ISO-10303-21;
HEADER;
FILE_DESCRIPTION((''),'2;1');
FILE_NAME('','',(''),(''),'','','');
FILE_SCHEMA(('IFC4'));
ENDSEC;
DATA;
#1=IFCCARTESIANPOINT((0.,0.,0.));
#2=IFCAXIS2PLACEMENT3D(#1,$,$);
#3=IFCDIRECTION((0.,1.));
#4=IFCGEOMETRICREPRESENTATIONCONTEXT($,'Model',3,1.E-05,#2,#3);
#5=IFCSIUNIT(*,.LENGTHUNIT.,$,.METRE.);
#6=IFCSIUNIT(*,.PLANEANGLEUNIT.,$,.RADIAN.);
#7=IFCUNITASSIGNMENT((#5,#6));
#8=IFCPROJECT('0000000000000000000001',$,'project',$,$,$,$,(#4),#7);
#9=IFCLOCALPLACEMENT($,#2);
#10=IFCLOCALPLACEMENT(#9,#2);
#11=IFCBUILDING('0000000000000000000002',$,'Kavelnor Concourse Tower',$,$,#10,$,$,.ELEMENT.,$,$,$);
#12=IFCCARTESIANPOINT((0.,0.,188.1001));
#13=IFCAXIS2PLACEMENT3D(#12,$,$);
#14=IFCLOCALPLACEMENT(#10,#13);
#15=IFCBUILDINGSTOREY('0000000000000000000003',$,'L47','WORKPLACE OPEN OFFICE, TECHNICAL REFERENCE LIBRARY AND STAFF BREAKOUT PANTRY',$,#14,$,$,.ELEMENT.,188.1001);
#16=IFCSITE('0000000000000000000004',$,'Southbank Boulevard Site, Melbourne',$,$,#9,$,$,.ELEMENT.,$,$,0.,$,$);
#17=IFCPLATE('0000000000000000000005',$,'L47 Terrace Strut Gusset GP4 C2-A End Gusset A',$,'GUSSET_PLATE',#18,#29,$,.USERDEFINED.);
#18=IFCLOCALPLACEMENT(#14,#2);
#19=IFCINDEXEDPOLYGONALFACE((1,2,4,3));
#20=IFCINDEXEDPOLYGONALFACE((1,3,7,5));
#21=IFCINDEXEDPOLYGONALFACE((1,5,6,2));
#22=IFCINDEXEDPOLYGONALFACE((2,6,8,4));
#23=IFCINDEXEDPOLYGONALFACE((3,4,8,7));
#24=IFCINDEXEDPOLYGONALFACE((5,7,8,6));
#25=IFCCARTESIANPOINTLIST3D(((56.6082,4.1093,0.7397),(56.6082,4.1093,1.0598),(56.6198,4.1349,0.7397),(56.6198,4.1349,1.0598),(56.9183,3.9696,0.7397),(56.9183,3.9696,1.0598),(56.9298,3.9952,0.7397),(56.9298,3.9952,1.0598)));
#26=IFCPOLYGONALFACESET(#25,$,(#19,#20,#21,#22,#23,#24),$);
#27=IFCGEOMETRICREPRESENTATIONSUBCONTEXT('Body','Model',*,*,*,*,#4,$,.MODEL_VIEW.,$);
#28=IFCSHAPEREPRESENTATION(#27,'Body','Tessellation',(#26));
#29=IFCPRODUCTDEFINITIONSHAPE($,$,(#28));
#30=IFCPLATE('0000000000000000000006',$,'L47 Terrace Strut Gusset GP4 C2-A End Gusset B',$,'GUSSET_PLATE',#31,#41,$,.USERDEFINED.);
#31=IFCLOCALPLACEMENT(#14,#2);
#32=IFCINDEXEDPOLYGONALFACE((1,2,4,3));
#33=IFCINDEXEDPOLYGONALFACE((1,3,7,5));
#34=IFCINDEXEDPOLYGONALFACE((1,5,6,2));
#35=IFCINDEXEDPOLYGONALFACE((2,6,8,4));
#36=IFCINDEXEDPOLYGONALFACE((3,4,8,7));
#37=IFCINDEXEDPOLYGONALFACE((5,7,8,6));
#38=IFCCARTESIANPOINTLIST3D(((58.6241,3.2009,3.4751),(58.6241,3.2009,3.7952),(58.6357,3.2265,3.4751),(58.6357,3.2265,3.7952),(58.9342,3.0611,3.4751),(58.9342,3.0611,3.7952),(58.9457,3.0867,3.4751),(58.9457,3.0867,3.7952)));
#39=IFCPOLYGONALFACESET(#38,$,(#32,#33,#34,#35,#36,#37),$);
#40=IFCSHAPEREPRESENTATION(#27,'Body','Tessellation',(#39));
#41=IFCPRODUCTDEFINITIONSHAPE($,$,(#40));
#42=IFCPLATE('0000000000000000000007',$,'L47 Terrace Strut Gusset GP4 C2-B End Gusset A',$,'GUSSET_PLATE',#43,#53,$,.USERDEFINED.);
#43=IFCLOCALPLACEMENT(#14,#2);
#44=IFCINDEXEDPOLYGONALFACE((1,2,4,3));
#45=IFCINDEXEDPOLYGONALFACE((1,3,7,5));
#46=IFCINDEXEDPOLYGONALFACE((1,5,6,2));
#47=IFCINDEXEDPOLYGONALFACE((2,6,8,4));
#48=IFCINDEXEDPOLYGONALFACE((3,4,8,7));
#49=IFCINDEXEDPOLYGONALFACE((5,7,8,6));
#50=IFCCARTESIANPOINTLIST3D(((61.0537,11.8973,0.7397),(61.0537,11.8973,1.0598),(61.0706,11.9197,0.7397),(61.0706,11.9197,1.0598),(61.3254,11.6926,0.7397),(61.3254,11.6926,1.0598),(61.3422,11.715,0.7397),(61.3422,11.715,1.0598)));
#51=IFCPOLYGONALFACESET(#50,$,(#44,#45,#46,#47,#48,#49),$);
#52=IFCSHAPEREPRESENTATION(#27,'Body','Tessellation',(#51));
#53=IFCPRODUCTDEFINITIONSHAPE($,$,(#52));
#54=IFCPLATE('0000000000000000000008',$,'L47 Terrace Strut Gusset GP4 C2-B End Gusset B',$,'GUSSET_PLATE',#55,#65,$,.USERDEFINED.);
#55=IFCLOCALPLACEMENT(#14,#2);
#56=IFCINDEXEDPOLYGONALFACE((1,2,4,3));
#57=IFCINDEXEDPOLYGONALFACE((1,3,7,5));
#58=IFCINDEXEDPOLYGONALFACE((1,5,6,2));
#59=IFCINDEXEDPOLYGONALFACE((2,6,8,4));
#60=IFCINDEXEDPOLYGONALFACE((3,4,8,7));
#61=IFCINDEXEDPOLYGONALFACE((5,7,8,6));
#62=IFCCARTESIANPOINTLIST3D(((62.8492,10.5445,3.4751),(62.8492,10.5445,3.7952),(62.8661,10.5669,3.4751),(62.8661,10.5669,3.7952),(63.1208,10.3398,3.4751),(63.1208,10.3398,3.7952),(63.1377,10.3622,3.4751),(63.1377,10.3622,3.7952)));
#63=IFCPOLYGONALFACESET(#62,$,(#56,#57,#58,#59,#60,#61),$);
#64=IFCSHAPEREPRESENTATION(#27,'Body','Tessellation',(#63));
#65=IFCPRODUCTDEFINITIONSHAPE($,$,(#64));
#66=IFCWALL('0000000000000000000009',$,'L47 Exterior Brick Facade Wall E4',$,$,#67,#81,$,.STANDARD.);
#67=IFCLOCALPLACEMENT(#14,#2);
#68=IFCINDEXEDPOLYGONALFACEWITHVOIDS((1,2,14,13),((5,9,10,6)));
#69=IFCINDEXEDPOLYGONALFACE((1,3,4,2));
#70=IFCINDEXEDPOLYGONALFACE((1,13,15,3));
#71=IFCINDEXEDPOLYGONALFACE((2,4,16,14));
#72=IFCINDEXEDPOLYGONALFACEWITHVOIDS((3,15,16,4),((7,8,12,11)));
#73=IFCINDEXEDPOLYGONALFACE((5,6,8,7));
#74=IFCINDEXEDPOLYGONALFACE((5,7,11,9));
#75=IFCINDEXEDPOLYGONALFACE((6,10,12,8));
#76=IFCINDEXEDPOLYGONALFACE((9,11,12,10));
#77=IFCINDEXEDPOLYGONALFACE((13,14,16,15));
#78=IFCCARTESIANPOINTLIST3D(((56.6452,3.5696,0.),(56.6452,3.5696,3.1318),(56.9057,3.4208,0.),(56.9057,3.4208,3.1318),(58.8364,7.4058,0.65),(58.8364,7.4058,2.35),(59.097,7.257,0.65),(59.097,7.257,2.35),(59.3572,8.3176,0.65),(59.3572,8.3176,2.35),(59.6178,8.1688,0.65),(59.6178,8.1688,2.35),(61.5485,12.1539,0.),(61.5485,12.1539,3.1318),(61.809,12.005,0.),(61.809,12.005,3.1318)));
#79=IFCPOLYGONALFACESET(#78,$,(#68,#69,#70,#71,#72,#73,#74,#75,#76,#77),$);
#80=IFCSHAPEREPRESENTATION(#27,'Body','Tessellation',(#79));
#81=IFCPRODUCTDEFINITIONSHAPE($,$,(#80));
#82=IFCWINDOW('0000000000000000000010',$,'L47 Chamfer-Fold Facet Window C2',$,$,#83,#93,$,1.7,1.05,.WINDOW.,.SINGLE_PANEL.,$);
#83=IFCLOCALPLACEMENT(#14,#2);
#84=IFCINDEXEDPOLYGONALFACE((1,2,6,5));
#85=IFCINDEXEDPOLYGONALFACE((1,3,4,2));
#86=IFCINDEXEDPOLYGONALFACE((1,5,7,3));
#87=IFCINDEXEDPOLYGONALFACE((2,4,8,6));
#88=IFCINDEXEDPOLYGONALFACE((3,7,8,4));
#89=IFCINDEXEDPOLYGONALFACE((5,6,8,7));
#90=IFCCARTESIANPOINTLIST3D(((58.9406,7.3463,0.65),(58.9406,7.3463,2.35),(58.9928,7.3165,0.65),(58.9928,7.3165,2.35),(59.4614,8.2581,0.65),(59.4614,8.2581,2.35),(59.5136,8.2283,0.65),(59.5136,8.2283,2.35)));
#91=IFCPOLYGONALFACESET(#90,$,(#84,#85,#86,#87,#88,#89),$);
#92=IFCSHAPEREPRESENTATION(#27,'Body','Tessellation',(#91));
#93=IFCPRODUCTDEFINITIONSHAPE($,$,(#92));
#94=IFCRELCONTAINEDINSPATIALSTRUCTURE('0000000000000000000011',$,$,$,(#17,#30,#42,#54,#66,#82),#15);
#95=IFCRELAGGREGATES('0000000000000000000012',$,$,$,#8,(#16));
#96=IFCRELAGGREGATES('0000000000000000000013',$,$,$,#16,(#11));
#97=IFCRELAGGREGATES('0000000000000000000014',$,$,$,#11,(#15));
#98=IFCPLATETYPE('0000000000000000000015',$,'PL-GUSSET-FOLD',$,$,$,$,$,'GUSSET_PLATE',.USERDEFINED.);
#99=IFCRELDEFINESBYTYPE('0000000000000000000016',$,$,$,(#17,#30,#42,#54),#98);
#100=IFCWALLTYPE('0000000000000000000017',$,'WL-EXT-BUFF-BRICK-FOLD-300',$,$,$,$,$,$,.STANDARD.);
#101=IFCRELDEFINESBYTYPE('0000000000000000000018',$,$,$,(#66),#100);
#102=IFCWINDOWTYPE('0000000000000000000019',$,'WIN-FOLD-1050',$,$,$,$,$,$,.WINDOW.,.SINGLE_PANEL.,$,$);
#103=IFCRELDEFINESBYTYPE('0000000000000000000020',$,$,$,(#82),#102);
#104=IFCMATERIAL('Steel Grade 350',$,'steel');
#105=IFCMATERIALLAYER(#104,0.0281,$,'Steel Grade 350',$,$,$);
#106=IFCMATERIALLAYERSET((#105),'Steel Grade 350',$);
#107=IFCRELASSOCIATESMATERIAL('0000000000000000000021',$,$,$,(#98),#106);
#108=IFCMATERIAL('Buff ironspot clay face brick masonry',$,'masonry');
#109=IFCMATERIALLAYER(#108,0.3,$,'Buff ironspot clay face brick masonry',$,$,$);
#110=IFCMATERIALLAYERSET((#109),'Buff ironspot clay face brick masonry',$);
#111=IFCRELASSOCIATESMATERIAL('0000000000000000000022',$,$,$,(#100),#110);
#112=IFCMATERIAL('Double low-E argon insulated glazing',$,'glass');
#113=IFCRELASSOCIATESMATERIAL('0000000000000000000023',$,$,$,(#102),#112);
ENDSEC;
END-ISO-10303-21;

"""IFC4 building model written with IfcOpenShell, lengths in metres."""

from ifc_helpers import new_model, si_unit, direction, frame, frame_2d, origin, origin_2d, place, context, subcontext, project, spatial, rectangle, extrude, material, layer, layer_set, type_object, element, fill, save


model = new_model("IFC4")

# Units and contexts
model_context = context("Model", 3, precision=1e-05, world=origin(), true_north=direction((0.0, 1.0)))
body_context = subcontext(model_context, "Body", "Model", "MODEL_VIEW")
ifc_project = project(units=[si_unit("LENGTHUNIT", "METRE"), si_unit("PLANEANGLEUNIT", "RADIAN")], contexts=[model_context])

# Site, building, storey
site_placement = place(None, origin())
site = spatial("IfcSite", under=ifc_project, at=site_placement, Name="Southbank Boulevard Site, Melbourne", CompositionType="ELEMENT", RefElevation=0.0)
building_placement = place(site_placement, origin())
building = spatial("IfcBuilding", under=site, at=building_placement, Name="Kavelnor Concourse Tower", CompositionType="ELEMENT")
storey_placement = place(building_placement, frame((0.0, 0.0, 188.1001)))
storey = spatial("IfcBuildingStorey", under=building, at=storey_placement, Name="L47", Description="WORKPLACE OPEN OFFICE, TECHNICAL REFERENCE LIBRARY AND STAFF BREAKOUT PANTRY", CompositionType="ELEMENT", Elevation=188.1001)

# Shared definitions
ifc_material_1 = material(Name="Steel Grade 350", Category="steel")

# Plates
ifc_layer_1 = layer(ifc_material_1, 0.0281, Name="Steel Grade 350")
ifc_layer_set_1 = layer_set([ifc_layer_1], Name="Steel Grade 350")
plate_type = type_object("IfcPlateType", Name="PL-GUSSET-FOLD", ElementType="GUSSET_PLATE", PredefinedType="USERDEFINED", material=ifc_layer_set_1)
for number, where, z_axis, x_axis, name in (
    (1, (56.769, 4.0522, 0.7397), (0.0, 0.0, 1.0), (0.91169, -0.410878, 0.0), "L47 Terrace Strut Gusset GP4 C2-A End Gusset A"),
    (2, (58.7849, 3.1438, 3.4751), (0.0, 0.0, 1.0), (0.91169, -0.410878, 0.0), "L47 Terrace Strut Gusset GP4 C2-A End Gusset B"),
    (3, (61.198, 11.8062, 0.7397), (0.0, 0.0, 1.0), (0.798636, -0.601815, 0.0), "L47 Terrace Strut Gusset GP4 C2-B End Gusset A"),
    (4, (62.9934, 10.4534, 3.4751), (0.0, 0.0, 1.0), (0.798636, -0.601815, 0.0), "L47 Terrace Strut Gusset GP4 C2-B End Gusset B"),
):
    element("IfcPlate", number, at=place(storey_placement, frame(where, z_axis=z_axis, x_axis=x_axis)), inside=storey, type_object=plate_type, Name=name, ObjectType="GUSSET_PLATE", PredefinedType="USERDEFINED", context=body_context, shape_type="SweptSolid", body=[
        extrude(rectangle(XDim=0.3401, YDim=0.0281, at=origin_2d()), origin(), (0.0, 0.0, 1.0), 0.3201),
    ])

# Wall, opening, window
ifc_material_2 = material(Name="Buff ironspot clay face brick masonry", Category="masonry")
ifc_layer_2 = layer(ifc_material_2, 0.3, Name="Buff ironspot clay face brick masonry")
ifc_layer_set_2 = layer_set([ifc_layer_2], Name="Buff ironspot clay face brick masonry")
wall_type_1 = type_object("IfcWallType", Name="WL-EXT-BUFF-BRICK-FOLD-300", PredefinedType="STANDARD", material=ifc_layer_set_2)
wall_1_placement = place(storey_placement, frame((61.6787, 12.0793, 0.0), z_axis=(0.0, 0.0, 1.0), x_axis=(-0.49599, -0.868328, 0.0)))
wall_1 = element("IfcWall", 5, at=wall_1_placement, inside=storey, type_object=wall_type_1, Name="L47 Exterior Brick Facade Wall E4", PredefinedType="STANDARD", context=body_context, shape_type="SweptSolid", body=[
    extrude(rectangle(XDim=9.886, YDim=0.3, at=frame_2d((4.9429, 0.0))), origin(), (0.0, 0.0, 1.0), 3.1318),
])
opening_1_placement = place(wall_1_placement, frame((4.418, 0.0, 0.6499)))
opening_1 = element("IfcOpeningElement", 6, at=opening_1_placement, cuts=wall_1, PredefinedType="OPENING", context=body_context, shape_type="SweptSolid", body=[
    extrude(rectangle(XDim=1.05, YDim=1.7, at=frame_2d((0.5249, 0.8501))), frame((0.0, 0.1602, 0.0), z_axis=(0.0, -1.0, 0.0), x_axis=(1.0, 0.0, 0.0)), (0.0, 0.0, 1.0), 0.3201),
])
ifc_material_3 = material(Name="Double low-E argon insulated glazing", Category="glass")
window_type_1 = type_object("IfcWindowType", Name="WIN-FOLD-1050", PartitioningType="SINGLE_PANEL", PredefinedType="WINDOW", material=ifc_material_3)
window_1_placement = place(opening_1_placement, origin())
window_1 = element("IfcWindow", 7, at=window_1_placement, inside=storey, type_object=window_type_1, Name="L47 Chamfer-Fold Facet Window C2", OverallHeight=1.7, OverallWidth=1.05, PartitioningType="SINGLE_PANEL", PredefinedType="WINDOW", context=body_context, shape_type="SweptSolid", body=[
    extrude(rectangle(XDim=1.05, YDim=1.7, at=frame_2d((0.5249, 0.8501))), frame((0.0, 0.03, 0.0), z_axis=(0.0, -1.0, 0.0), x_axis=(1.0, 0.0, 0.0)), (0.0, 0.0, 1.0), 0.0601),
])
fill(opening_1, window_1)

save(model, "model.ifc")
